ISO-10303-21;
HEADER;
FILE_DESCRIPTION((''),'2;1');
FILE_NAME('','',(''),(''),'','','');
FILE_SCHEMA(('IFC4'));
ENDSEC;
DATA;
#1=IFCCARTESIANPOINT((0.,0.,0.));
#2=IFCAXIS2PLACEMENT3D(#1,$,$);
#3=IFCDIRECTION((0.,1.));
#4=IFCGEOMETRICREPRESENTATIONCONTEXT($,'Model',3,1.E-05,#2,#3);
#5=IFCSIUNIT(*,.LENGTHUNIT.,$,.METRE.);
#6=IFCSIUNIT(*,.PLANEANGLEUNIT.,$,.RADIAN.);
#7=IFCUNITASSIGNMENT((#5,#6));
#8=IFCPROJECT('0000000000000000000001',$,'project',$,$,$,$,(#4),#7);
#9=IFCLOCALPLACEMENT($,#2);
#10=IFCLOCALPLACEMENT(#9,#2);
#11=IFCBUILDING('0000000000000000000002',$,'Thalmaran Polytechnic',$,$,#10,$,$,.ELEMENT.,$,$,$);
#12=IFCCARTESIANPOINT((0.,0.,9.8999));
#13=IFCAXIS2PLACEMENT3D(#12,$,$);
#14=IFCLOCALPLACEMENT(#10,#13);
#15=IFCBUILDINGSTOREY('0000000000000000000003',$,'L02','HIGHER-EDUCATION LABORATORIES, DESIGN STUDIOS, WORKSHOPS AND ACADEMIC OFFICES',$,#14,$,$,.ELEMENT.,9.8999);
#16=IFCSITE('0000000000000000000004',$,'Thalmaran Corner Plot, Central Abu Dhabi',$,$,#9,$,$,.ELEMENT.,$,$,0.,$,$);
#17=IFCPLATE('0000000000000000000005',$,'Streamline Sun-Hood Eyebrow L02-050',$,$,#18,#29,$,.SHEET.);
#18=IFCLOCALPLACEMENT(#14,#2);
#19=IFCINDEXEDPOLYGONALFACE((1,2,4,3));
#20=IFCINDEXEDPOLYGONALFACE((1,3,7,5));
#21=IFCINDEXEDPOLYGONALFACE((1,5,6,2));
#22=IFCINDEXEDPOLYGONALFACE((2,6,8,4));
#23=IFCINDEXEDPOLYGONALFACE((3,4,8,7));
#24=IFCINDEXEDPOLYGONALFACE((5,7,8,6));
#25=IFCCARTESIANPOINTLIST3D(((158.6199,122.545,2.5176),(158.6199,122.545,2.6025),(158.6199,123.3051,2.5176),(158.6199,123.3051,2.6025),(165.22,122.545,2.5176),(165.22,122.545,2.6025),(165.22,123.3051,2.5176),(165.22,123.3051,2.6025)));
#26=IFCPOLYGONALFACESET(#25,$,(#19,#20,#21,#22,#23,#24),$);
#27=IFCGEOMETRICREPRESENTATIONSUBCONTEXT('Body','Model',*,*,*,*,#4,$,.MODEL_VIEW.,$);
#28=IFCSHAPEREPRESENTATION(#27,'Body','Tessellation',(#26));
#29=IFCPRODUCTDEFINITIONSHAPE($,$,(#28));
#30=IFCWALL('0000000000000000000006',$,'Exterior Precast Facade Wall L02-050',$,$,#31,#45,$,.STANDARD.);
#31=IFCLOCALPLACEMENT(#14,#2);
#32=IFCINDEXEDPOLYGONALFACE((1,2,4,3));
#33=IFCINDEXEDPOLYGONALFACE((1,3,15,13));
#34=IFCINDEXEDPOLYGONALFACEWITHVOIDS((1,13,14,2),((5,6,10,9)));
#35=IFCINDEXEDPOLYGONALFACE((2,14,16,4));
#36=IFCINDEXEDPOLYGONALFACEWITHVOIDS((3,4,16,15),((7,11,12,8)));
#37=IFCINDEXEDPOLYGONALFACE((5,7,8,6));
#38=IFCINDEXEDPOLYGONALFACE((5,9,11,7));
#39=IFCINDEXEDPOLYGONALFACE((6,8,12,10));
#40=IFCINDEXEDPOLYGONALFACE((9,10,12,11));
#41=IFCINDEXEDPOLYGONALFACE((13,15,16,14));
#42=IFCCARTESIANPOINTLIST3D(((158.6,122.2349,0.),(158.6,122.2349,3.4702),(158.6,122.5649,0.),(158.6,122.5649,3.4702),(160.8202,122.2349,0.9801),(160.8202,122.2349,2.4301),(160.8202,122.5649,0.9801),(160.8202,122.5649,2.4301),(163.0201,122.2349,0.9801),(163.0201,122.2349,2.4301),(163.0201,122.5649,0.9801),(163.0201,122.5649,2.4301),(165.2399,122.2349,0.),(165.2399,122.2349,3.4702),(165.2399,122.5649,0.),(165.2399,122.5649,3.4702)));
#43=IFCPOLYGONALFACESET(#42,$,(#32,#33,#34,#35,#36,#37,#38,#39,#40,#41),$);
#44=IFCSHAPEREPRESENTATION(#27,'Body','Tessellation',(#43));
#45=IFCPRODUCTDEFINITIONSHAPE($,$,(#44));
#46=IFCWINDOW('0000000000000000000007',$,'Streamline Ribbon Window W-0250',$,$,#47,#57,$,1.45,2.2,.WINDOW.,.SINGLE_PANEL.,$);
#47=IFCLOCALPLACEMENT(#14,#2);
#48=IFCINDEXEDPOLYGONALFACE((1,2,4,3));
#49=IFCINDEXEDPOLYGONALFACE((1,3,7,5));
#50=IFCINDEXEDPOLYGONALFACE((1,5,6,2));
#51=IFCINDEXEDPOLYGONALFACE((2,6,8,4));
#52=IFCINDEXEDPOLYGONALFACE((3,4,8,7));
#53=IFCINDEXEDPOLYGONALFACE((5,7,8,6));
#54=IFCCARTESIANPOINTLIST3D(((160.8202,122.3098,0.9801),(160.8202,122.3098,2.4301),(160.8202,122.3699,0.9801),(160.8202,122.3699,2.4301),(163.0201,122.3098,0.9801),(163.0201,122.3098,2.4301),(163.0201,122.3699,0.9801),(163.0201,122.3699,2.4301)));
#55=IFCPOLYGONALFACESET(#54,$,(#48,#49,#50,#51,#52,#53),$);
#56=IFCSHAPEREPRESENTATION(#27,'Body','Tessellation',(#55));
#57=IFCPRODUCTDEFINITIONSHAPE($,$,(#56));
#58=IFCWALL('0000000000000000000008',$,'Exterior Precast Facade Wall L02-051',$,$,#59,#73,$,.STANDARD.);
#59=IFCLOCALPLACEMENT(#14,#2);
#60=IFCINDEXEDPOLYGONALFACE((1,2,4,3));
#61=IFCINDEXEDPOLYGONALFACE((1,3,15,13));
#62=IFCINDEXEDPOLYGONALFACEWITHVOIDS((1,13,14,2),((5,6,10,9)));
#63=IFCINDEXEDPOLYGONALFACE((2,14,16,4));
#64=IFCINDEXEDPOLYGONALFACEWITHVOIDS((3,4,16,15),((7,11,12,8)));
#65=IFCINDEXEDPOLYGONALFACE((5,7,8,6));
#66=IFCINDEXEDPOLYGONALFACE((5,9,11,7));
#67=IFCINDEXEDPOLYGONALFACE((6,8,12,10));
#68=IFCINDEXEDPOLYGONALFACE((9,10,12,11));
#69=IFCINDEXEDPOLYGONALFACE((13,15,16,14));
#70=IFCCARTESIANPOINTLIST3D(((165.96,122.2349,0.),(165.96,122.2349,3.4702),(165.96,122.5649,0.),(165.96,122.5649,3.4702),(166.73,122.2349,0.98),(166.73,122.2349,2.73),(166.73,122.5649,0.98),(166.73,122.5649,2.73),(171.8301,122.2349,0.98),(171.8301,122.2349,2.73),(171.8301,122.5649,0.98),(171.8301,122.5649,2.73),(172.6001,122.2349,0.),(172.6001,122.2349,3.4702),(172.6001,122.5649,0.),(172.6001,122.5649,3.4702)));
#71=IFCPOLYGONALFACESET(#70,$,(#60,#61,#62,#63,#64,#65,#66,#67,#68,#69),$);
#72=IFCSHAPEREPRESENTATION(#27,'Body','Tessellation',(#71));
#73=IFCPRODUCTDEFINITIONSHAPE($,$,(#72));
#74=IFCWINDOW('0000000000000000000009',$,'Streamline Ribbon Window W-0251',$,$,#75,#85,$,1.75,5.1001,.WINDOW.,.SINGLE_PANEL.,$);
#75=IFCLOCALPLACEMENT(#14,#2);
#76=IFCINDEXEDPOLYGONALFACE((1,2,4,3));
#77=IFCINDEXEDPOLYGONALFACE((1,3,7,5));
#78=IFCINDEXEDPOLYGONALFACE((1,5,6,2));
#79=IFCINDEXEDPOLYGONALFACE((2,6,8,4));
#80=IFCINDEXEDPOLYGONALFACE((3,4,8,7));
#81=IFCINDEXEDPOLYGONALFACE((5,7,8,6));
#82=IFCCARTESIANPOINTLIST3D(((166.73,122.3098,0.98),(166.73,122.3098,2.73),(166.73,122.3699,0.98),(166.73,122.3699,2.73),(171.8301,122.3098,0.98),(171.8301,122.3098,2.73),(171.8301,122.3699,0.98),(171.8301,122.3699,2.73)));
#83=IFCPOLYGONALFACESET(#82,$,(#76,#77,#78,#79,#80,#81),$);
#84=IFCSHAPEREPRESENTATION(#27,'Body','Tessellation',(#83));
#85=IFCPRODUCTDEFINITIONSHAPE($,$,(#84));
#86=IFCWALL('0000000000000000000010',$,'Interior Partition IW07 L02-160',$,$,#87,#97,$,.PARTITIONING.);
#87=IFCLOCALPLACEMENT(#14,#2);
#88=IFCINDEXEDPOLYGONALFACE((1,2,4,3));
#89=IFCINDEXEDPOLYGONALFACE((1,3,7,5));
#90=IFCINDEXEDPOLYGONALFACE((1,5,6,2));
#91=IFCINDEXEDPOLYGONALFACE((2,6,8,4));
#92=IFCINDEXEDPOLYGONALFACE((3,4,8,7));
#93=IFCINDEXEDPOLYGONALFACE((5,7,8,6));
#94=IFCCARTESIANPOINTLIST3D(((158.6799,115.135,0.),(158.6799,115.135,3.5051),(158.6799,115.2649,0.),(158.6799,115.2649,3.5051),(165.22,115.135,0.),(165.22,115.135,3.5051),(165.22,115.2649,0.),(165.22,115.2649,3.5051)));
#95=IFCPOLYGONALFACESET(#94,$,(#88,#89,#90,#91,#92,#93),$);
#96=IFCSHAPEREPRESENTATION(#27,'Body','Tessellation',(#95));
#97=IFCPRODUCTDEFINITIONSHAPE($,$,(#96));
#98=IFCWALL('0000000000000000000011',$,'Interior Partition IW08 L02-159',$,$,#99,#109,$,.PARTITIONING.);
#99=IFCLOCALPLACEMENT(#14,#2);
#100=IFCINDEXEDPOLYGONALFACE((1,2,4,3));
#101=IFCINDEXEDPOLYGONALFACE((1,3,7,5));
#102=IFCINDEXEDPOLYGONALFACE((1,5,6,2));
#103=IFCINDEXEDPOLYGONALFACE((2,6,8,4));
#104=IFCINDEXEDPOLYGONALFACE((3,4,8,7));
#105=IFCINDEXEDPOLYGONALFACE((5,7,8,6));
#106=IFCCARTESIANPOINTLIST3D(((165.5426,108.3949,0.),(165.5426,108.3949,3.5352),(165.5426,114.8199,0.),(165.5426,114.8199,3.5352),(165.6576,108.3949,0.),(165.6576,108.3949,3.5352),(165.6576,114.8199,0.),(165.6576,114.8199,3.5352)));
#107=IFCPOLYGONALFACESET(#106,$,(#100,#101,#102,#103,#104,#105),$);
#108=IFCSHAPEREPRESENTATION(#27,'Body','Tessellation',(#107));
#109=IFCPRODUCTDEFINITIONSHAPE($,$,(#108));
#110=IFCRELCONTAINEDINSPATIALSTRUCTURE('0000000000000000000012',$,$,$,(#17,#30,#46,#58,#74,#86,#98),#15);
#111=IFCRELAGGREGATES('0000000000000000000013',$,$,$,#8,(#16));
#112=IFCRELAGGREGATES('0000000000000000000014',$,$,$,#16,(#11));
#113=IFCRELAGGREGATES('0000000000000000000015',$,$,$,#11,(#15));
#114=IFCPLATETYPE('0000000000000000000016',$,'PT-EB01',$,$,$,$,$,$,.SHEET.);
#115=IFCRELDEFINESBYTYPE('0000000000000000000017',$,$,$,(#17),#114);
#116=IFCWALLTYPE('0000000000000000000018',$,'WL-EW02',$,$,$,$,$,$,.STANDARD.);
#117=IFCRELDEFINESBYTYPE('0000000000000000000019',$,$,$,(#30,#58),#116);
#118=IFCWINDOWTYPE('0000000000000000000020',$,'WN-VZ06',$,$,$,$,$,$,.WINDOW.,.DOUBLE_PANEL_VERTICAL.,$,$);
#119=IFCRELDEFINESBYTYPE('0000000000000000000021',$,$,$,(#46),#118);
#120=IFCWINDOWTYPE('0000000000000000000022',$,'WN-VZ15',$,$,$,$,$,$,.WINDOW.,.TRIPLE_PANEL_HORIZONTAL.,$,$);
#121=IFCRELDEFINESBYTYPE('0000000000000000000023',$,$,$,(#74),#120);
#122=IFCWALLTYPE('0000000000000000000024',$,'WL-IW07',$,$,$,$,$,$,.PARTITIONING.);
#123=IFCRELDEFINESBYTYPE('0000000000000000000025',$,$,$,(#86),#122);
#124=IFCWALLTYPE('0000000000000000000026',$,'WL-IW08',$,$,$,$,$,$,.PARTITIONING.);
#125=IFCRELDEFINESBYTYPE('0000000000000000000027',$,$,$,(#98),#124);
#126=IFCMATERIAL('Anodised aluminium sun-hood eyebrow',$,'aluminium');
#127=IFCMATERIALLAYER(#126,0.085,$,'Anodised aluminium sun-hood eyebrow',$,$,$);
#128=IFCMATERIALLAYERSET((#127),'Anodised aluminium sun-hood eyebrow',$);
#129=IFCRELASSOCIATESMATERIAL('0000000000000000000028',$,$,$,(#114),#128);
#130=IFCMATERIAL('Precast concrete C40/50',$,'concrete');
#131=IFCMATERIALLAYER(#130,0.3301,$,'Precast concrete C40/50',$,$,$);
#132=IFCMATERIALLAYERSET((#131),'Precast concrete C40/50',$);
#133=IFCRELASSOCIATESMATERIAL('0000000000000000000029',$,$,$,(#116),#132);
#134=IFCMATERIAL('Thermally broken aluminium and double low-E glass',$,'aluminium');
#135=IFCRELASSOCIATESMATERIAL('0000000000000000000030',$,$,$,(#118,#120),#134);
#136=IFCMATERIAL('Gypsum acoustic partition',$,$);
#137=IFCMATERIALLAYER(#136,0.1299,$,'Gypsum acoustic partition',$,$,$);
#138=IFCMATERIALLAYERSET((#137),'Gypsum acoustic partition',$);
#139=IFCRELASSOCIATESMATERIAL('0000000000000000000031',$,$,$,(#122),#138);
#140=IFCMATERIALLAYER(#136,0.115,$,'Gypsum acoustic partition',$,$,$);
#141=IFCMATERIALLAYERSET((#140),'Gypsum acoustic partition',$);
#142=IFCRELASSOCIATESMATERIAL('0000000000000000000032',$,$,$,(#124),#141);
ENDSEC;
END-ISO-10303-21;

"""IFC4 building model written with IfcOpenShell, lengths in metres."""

from ifc_helpers import new_model, si_unit, direction, frame, frame_2d, origin, origin_2d, place, context, subcontext, project, spatial, rectangle, extrude, material, layer, layer_set, type_object, element, fill, save


model = new_model("IFC4")

# Units and contexts
model_context = context("Model", 3, precision=1e-05, world=origin(), true_north=direction((0.0, 1.0)))
body_context = subcontext(model_context, "Body", "Model", "MODEL_VIEW")
ifc_project = project(units=[si_unit("LENGTHUNIT", "METRE"), si_unit("PLANEANGLEUNIT", "RADIAN")], contexts=[model_context])

# Site, building, storey
site_placement = place(None, origin())
site = spatial("IfcSite", under=ifc_project, at=site_placement, Name="Thalmaran Corner Plot, Central Abu Dhabi", CompositionType="ELEMENT", RefElevation=0.0)
building_placement = place(site_placement, origin())
building = spatial("IfcBuilding", under=site, at=building_placement, Name="Thalmaran Polytechnic", CompositionType="ELEMENT")
storey_placement = place(building_placement, frame((0.0, 0.0, 9.8999)))
storey = spatial("IfcBuildingStorey", under=building, at=storey_placement, Name="L02", Description="HIGHER-EDUCATION LABORATORIES, DESIGN STUDIOS, WORKSHOPS AND ACADEMIC OFFICES", CompositionType="ELEMENT", Elevation=9.8999)

# Plate
ifc_material_1 = material(Name="Anodised aluminium sun-hood eyebrow", Category="aluminium")
ifc_layer_1 = layer(ifc_material_1, 0.085, Name="Anodised aluminium sun-hood eyebrow")
ifc_layer_set_1 = layer_set([ifc_layer_1], Name="Anodised aluminium sun-hood eyebrow")
plate_type_1 = type_object("IfcPlateType", Name="PT-EB01", PredefinedType="SHEET", material=ifc_layer_set_1)
plate_1_placement = place(storey_placement, frame((161.9199, 122.925, 2.5176), z_axis=(0.0, 0.0, 1.0), x_axis=(1.0, 0.0, 0.0)))
element("IfcPlate", 1, at=plate_1_placement, inside=storey, type_object=plate_type_1, Name="Streamline Sun-Hood Eyebrow L02-050", PredefinedType="SHEET", context=body_context, shape_type="SweptSolid", body=[
    extrude(rectangle(XDim=6.6001, YDim=0.76, at=origin_2d()), origin(), (0.0, 0.0, 1.0), 0.085),
])

# Walls, openings, windows
ifc_material_2 = material(Name="Precast concrete C40/50", Category="concrete")
ifc_layer_2 = layer(ifc_material_2, 0.3301, Name="Precast concrete C40/50")
ifc_layer_set_2 = layer_set([ifc_layer_2], Name="Precast concrete C40/50")
wall_type_1 = type_object("IfcWallType", Name="WL-EW02", PredefinedType="STANDARD", material=ifc_layer_set_2)
wall_1_placement = place(storey_placement, frame((158.6001, 122.3999, 0.0), z_axis=(0.0, 0.0, 1.0), x_axis=(1.0, 0.0, 0.0)))
wall_1 = element("IfcWall", 2, at=wall_1_placement, inside=storey, type_object=wall_type_1, Name="Exterior Precast Facade Wall L02-050", PredefinedType="STANDARD", context=body_context, shape_type="SweptSolid", body=[
    extrude(rectangle(XDim=6.6399, YDim=0.3301, at=frame_2d((3.3198, 0.0))), origin(), (0.0, 0.0, 1.0), 3.4702),
])
opening_1_placement = place(wall_1_placement, frame((2.22, 0.0, 0.98)))
opening_1 = element("IfcOpeningElement", 3, at=opening_1_placement, cuts=wall_1, PredefinedType="OPENING", context=body_context, shape_type="SweptSolid", body=[
    extrude(rectangle(XDim=2.2, YDim=1.45, at=frame_2d((1.1001, 0.7251))), frame((0.0, 0.175, 0.0), z_axis=(0.0, -1.0, 0.0), x_axis=(1.0, 0.0, 0.0)), (0.0, 0.0, 1.0), 0.3501),
])
ifc_material_3 = material(Name="Thermally broken aluminium and double low-E glass", Category="aluminium")
window_type_1 = type_object("IfcWindowType", Name="WN-VZ06", PartitioningType="DOUBLE_PANEL_VERTICAL", PredefinedType="WINDOW", material=ifc_material_3)
window_1_placement = place(opening_1_placement, origin())
window_1 = element("IfcWindow", 4, at=window_1_placement, inside=storey, type_object=window_type_1, Name="Streamline Ribbon Window W-0250", OverallHeight=1.45, OverallWidth=2.2, PartitioningType="SINGLE_PANEL", PredefinedType="WINDOW", context=body_context, shape_type="SweptSolid", body=[
    extrude(rectangle(XDim=2.2, YDim=1.45, at=frame_2d((1.1001, 0.7251))), frame((0.0, -0.03, 0.0), z_axis=(0.0, -1.0, 0.0), x_axis=(1.0, 0.0, 0.0)), (0.0, 0.0, 1.0), 0.0601),
])
fill(opening_1, window_1)
wall_2_placement = place(storey_placement, frame((165.96, 122.3999, 0.0), z_axis=(0.0, 0.0, 1.0), x_axis=(1.0, 0.0, 0.0)))
wall_2 = element("IfcWall", 5, at=wall_2_placement, inside=storey, type_object=wall_type_1, Name="Exterior Precast Facade Wall L02-051", PredefinedType="STANDARD", context=body_context, shape_type="SweptSolid", body=[
    extrude(rectangle(XDim=6.6401, YDim=0.3301, at=frame_2d((3.3201, 0.0))), origin(), (0.0, 0.0, 1.0), 3.4702),
])
opening_2_placement = place(wall_2_placement, frame((0.77, 0.0, 0.98)))
opening_2 = element("IfcOpeningElement", 6, at=opening_2_placement, cuts=wall_2, PredefinedType="OPENING", context=body_context, shape_type="SweptSolid", body=[
    extrude(rectangle(XDim=5.1001, YDim=1.75, at=frame_2d((2.55, 0.875))), frame((0.0, 0.175, 0.0), z_axis=(0.0, -1.0, 0.0), x_axis=(1.0, 0.0, 0.0)), (0.0, 0.0, 1.0), 0.3501),
])
window_type_2 = type_object("IfcWindowType", Name="WN-VZ15", PartitioningType="TRIPLE_PANEL_HORIZONTAL", PredefinedType="WINDOW", material=ifc_material_3)
window_2_placement = place(opening_2_placement, origin())
window_2 = element("IfcWindow", 7, at=window_2_placement, inside=storey, type_object=window_type_2, Name="Streamline Ribbon Window W-0251", OverallHeight=1.75, OverallWidth=5.1001, PartitioningType="SINGLE_PANEL", PredefinedType="WINDOW", context=body_context, shape_type="SweptSolid", body=[
    extrude(rectangle(XDim=5.1001, YDim=1.75, at=frame_2d((2.55, 0.875))), frame((0.0, -0.03, 0.0), z_axis=(0.0, -1.0, 0.0), x_axis=(1.0, 0.0, 0.0)), (0.0, 0.0, 1.0), 0.0601),
])
fill(opening_2, window_2)

# Walls
ifc_material_4 = material(Name="Gypsum acoustic partition")
ifc_layer_3 = layer(ifc_material_4, 0.1299, Name="Gypsum acoustic partition")
ifc_layer_set_3 = layer_set([ifc_layer_3], Name="Gypsum acoustic partition")
wall_type_2 = type_object("IfcWallType", Name="WL-IW07", PredefinedType="PARTITIONING", material=ifc_layer_set_3)
wall_3_placement = place(storey_placement, frame((158.6799, 115.2, 0.0), z_axis=(0.0, 0.0, 1.0), x_axis=(1.0, 0.0, 0.0)))
element("IfcWall", 8, at=wall_3_placement, inside=storey, type_object=wall_type_2, Name="Interior Partition IW07 L02-160", PredefinedType="PARTITIONING", context=body_context, shape_type="SweptSolid", body=[
    extrude(rectangle(XDim=6.54, YDim=0.1299, at=frame_2d((3.27, 0.0))), origin(), (0.0, 0.0, 1.0), 3.5051),
])
ifc_layer_4 = layer(ifc_material_4, 0.115, Name="Gypsum acoustic partition")
ifc_layer_set_4 = layer_set([ifc_layer_4], Name="Gypsum acoustic partition")
wall_type_3 = type_object("IfcWallType", Name="WL-IW08", PredefinedType="PARTITIONING", material=ifc_layer_set_4)
wall_4_placement = place(storey_placement, frame((165.6001, 108.395, 0.0), z_axis=(0.0, 0.0, 1.0), x_axis=(0.0, 1.0, 0.0)))
element("IfcWall", 9, at=wall_4_placement, inside=storey, type_object=wall_type_3, Name="Interior Partition IW08 L02-159", PredefinedType="PARTITIONING", context=body_context, shape_type="SweptSolid", body=[
    extrude(rectangle(XDim=6.425, YDim=0.115, at=frame_2d((3.2124, 0.0))), origin(), (0.0, 0.0, 1.0), 3.5352),
])

save(model, "model.ifc")
